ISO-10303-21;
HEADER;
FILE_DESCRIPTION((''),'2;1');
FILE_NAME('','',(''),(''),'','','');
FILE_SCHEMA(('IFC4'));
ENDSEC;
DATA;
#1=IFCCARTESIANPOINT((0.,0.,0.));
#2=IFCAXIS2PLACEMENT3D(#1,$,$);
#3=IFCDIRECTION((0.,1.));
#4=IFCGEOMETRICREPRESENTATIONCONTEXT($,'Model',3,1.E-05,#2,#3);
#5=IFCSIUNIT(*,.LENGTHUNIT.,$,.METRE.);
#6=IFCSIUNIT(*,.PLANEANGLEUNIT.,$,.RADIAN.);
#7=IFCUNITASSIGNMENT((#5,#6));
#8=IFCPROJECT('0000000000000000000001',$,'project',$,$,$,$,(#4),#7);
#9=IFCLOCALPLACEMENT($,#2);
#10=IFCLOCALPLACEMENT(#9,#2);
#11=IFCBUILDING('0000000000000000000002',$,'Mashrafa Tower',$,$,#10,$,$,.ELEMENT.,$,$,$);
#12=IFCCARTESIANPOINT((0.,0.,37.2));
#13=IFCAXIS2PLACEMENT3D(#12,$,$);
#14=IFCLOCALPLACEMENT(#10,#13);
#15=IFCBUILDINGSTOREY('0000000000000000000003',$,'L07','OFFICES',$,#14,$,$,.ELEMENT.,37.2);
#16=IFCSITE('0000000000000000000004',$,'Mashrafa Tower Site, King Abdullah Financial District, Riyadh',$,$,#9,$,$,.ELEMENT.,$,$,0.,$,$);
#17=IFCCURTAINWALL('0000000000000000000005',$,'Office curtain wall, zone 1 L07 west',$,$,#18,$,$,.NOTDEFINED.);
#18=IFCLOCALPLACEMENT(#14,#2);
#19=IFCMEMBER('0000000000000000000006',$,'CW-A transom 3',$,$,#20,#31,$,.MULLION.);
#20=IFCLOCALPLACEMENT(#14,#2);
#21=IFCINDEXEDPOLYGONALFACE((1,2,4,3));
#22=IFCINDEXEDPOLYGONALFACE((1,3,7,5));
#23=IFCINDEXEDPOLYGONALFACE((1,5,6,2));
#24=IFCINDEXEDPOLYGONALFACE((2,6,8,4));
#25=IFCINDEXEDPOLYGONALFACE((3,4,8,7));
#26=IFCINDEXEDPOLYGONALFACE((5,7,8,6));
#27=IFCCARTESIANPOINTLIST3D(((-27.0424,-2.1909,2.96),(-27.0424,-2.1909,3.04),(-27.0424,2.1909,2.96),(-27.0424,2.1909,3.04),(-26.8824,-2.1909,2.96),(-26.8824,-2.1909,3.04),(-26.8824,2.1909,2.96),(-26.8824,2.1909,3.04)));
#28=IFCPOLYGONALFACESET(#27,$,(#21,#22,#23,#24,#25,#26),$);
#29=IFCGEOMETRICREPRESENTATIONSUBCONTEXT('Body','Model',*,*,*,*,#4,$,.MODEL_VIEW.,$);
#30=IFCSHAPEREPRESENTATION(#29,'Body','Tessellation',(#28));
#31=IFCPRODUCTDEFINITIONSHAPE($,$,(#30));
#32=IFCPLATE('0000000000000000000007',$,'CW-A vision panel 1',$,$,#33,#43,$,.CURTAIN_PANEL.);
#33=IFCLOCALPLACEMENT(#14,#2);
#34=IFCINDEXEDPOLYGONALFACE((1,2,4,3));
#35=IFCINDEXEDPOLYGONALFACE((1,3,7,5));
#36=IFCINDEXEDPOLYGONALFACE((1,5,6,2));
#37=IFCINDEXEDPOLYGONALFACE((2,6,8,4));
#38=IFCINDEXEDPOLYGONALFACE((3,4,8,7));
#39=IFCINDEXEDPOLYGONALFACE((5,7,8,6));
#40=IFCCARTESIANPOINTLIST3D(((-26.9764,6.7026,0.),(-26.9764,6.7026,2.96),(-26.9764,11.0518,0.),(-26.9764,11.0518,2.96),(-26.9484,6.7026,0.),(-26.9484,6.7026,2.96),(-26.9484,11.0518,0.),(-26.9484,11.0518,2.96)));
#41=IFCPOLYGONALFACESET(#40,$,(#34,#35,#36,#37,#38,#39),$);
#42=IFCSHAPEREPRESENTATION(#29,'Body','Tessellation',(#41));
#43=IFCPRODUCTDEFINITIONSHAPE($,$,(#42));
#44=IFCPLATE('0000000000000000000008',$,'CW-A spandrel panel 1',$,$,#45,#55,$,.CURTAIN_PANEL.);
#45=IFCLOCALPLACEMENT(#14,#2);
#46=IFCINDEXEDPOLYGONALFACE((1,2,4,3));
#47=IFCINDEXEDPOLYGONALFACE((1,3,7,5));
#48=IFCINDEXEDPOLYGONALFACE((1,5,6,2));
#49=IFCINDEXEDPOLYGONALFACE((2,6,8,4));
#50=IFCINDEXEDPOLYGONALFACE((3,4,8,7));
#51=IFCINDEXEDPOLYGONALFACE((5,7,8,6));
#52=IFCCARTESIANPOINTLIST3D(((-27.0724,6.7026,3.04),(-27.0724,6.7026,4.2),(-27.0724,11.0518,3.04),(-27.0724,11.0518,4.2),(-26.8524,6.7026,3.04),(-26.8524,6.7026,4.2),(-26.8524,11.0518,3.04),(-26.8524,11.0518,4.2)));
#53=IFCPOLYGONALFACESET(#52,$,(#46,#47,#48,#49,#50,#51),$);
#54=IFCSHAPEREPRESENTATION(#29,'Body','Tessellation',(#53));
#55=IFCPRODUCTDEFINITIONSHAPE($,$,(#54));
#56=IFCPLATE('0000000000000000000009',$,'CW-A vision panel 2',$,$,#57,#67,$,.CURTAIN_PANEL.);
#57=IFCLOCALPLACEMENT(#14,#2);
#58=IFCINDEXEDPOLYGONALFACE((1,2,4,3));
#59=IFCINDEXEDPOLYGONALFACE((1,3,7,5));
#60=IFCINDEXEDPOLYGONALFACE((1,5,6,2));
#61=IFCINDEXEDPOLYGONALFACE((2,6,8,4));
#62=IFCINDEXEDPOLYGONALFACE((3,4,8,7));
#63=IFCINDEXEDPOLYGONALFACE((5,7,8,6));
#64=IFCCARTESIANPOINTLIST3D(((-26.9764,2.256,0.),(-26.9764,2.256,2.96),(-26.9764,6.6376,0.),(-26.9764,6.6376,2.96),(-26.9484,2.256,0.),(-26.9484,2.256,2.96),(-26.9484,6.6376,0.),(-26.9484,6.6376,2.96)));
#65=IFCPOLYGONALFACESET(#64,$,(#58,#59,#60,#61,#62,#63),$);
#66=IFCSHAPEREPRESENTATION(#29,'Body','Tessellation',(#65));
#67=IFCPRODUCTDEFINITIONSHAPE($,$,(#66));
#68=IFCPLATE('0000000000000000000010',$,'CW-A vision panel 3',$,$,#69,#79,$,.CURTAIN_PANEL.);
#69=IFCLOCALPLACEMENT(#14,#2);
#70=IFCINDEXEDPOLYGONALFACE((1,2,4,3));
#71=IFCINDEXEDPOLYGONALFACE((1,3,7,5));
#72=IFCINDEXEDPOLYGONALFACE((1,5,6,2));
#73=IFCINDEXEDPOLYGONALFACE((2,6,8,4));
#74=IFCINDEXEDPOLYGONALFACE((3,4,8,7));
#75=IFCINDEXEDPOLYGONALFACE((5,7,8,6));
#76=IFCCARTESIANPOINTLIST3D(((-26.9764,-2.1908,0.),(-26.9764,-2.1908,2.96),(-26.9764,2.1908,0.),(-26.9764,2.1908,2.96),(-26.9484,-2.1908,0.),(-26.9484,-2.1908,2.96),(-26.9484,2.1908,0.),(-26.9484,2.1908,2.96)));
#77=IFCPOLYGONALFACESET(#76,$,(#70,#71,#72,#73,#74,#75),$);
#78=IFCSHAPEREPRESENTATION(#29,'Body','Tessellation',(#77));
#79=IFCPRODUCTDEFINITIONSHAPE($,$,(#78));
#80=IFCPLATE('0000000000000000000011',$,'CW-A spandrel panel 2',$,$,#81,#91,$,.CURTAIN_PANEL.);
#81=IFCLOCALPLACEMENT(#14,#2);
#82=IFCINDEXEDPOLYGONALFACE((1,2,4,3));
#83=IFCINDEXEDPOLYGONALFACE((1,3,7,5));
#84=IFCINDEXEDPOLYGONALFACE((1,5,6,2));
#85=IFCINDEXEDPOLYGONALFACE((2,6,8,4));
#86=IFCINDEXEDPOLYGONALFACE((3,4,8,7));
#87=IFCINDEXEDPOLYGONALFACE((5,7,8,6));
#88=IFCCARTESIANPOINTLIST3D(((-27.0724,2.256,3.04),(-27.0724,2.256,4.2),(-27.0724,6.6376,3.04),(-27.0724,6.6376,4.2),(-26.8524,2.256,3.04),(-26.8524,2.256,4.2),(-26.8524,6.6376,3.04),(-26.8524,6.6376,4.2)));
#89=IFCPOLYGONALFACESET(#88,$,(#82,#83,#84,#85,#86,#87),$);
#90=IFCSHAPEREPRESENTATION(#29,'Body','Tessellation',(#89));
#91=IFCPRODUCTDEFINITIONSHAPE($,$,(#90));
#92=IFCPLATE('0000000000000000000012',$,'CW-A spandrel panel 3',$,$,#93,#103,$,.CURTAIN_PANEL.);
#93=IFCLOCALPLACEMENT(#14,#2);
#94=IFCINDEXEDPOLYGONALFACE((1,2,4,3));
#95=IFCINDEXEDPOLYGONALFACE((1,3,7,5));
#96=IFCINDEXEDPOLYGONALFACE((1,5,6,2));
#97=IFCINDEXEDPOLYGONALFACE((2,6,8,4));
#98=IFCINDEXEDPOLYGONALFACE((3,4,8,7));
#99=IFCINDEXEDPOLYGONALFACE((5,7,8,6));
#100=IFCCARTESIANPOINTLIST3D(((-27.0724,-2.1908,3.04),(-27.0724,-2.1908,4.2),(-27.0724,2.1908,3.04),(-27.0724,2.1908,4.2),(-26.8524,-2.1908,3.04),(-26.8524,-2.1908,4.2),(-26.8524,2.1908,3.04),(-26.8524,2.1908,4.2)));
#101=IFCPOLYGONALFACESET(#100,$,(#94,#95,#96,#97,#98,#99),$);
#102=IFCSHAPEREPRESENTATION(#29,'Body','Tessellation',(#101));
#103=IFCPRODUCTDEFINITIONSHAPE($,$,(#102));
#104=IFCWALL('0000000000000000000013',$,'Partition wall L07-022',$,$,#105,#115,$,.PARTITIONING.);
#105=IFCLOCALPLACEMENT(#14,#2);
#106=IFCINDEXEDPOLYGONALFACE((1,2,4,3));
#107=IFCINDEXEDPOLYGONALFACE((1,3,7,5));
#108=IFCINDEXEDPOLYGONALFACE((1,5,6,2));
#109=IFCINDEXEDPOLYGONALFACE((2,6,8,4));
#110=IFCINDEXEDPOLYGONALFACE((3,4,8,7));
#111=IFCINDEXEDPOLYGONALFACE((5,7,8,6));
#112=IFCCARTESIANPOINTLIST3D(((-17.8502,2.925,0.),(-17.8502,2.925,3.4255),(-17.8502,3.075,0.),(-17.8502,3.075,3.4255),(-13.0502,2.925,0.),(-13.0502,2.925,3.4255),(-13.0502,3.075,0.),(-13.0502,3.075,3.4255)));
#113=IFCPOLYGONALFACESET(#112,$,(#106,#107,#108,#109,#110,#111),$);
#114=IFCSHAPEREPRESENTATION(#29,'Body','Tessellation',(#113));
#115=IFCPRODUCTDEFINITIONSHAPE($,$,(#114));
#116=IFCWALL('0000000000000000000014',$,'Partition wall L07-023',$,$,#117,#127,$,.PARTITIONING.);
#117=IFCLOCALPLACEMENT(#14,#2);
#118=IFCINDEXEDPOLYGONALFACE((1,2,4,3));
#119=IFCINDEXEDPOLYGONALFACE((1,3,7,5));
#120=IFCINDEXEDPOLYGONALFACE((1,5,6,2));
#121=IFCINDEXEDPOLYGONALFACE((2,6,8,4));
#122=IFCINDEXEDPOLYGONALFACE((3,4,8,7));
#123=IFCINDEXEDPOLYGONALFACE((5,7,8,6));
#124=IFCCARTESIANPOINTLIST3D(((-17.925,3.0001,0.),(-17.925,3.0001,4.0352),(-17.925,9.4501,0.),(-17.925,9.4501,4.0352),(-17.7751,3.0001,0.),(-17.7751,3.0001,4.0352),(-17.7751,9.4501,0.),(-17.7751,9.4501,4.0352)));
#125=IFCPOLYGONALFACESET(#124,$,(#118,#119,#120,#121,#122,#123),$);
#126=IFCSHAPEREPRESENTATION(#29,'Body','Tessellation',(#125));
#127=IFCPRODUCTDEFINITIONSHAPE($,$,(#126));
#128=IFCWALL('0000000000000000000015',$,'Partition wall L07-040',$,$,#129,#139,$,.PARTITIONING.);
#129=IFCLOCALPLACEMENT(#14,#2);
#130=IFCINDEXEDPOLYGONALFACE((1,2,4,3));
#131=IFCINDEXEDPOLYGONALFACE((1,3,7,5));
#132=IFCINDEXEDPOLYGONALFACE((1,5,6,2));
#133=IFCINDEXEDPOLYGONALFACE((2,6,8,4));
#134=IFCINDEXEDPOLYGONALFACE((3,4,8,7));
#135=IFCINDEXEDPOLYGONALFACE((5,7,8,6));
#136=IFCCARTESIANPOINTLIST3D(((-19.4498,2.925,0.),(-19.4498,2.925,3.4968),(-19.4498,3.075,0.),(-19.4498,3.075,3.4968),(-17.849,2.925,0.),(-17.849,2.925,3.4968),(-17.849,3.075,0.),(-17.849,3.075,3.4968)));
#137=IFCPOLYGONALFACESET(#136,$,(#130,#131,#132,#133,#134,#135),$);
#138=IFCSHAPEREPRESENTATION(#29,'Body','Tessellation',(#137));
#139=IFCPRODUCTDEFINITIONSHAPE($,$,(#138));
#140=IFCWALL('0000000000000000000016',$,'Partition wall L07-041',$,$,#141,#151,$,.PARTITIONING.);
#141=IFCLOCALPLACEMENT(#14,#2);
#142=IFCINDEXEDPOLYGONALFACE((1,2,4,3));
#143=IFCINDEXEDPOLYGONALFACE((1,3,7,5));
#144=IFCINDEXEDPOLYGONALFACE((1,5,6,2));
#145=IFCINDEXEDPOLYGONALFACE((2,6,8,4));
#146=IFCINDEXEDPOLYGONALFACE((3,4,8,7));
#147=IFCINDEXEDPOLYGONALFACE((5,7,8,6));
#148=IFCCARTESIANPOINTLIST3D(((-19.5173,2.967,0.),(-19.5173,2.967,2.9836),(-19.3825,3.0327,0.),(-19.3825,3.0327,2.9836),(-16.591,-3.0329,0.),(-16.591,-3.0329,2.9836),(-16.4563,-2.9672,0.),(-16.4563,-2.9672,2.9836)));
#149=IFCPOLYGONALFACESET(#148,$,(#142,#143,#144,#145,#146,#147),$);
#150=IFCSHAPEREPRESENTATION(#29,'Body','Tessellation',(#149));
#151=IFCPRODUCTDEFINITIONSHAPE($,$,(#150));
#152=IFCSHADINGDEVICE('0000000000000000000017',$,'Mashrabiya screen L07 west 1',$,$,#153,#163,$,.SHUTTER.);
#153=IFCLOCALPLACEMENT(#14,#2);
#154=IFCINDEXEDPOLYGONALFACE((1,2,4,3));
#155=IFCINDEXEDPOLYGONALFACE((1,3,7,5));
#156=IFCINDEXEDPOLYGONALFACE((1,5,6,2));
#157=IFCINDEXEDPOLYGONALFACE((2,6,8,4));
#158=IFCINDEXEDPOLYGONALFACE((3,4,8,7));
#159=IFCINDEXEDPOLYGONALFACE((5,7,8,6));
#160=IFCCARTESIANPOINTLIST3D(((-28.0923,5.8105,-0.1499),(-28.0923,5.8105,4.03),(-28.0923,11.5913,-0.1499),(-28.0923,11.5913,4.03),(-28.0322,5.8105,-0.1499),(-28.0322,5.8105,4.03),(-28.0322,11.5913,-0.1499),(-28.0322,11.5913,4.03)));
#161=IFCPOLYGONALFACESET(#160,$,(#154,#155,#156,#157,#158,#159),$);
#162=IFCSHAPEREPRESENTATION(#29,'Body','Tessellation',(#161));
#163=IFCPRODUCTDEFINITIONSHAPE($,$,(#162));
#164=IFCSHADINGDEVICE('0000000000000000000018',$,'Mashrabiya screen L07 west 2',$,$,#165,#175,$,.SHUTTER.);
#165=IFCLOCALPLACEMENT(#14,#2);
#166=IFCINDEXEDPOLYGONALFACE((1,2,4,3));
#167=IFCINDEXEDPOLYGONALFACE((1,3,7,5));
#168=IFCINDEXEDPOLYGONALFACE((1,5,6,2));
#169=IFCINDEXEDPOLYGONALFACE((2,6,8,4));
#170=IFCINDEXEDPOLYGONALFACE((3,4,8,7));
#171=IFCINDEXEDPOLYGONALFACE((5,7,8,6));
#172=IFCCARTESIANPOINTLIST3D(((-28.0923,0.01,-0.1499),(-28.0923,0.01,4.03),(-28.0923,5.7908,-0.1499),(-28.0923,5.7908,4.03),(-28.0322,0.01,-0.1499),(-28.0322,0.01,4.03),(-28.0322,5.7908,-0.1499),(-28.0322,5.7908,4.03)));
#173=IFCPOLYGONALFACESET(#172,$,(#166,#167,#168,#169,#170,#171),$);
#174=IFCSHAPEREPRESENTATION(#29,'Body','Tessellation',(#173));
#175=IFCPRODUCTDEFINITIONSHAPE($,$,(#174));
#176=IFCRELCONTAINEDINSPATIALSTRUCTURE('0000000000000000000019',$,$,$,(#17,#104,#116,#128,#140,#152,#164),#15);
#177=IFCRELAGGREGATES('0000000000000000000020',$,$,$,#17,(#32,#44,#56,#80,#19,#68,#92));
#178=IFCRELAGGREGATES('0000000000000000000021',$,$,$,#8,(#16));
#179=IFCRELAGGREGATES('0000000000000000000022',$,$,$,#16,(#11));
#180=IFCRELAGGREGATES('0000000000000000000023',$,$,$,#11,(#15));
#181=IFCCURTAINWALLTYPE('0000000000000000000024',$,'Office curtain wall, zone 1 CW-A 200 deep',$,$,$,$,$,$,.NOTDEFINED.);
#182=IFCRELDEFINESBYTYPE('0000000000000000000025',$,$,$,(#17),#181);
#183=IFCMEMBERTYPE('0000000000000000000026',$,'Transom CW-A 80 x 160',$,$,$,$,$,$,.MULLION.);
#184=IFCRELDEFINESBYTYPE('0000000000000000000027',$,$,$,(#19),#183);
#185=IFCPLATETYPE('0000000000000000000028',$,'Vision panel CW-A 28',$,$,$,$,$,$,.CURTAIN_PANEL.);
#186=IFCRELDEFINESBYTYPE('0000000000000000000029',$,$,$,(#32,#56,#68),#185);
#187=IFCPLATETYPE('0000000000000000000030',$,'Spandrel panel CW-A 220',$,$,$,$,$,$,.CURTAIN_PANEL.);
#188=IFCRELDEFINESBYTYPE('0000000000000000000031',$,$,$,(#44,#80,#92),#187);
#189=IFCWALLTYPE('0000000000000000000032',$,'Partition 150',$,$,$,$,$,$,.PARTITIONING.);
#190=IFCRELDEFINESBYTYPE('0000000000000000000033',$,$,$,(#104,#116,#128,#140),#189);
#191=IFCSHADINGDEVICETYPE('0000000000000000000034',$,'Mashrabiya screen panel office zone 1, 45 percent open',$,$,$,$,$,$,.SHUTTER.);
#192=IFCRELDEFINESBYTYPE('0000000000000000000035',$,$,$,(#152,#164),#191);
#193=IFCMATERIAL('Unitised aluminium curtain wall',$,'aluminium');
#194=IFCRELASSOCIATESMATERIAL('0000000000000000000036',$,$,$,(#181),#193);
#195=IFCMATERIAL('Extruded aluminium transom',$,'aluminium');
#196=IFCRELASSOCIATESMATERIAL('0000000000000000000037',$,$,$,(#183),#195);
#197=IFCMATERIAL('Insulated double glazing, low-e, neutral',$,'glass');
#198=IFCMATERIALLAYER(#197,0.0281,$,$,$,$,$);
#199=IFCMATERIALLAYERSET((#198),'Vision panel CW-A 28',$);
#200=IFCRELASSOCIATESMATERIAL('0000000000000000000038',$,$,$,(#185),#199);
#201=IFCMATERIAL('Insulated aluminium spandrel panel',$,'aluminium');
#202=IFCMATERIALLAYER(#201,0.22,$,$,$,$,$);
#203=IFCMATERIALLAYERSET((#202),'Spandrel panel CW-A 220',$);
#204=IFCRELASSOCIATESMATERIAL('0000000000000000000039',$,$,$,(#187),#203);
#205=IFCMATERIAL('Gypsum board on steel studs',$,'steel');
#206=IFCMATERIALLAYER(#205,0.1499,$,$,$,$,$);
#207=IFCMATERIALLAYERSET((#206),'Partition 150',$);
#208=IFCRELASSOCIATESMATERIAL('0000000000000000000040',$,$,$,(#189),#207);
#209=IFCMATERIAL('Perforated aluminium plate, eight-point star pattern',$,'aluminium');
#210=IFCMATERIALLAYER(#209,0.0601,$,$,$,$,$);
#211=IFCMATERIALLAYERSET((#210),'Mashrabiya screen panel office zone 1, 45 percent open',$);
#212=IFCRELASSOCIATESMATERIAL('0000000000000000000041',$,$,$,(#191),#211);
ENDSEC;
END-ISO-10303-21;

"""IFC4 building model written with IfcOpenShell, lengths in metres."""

from ifc_helpers import new_model, si_unit, direction, frame, frame_2d, origin, origin_2d, place, context, subcontext, project, spatial, rectangle, extrude, source, transform, mapped, material, layer, layer_set, material_profile, profile_set, type_object, type_shapes, element, aggregate, save


model = new_model("IFC4")

# Units and contexts
model_context = context("Model", 3, precision=1e-05, world=origin(), true_north=direction((0.0, 1.0)))
body_context = subcontext(model_context, "Body", "Model", "MODEL_VIEW")
ifc_project = project(units=[si_unit("LENGTHUNIT", "METRE"), si_unit("PLANEANGLEUNIT", "RADIAN")], contexts=[model_context])

# Site, building, storey
site_placement = place(None, origin())
site = spatial("IfcSite", under=ifc_project, at=site_placement, Name="Mashrafa Tower Site, King Abdullah Financial District, Riyadh", CompositionType="ELEMENT", RefElevation=0.0)
building_placement = place(site_placement, origin())
building = spatial("IfcBuilding", under=site, at=building_placement, Name="Mashrafa Tower", CompositionType="ELEMENT")
storey_placement = place(building_placement, frame((0.0, 0.0, 37.2)))
storey = spatial("IfcBuildingStorey", under=building, at=storey_placement, Name="L07", Description="OFFICES", CompositionType="ELEMENT", Elevation=37.2)

# Curtain wall, member, plates
ifc_material_1 = material(Name="Unitised aluminium curtain wall", Category="aluminium")
curtain_wall_type = type_object("IfcCurtainWallType", Name="Office curtain wall, zone 1 CW-A 200 deep", PredefinedType="NOTDEFINED", material=ifc_material_1)
curtain_wall_placement = place(storey_placement, origin())
curtain_wall = element("IfcCurtainWall", 1, at=curtain_wall_placement, inside=storey, type_object=curtain_wall_type, Name="Office curtain wall, zone 1 L07 west", PredefinedType="NOTDEFINED")
ifc_material_2 = material(Name="Extruded aluminium transom", Category="aluminium")
ifc_material_profile_1 = material_profile(ifc_material_2, rectangle(XDim=0.1599, YDim=0.0801, at=origin_2d()), Name="Transom 80x160")
ifc_profile_set_1 = profile_set([ifc_material_profile_1], Name="Extruded aluminium transom")
member_type_1 = type_object("IfcMemberType", Name="Transom CW-A 80 x 160", PredefinedType="MULLION", material=ifc_profile_set_1)
shared_shape_1 = source(origin(), body_context, "Body", "SweptSolid", [
    extrude(rectangle(XDim=0.1599, YDim=0.0801, at=origin_2d()), origin(), (0.0, 0.0, 1.0), 4.3818),
])
member_1_placement = place(storey_placement, frame((-26.9624, 2.1909, 3.0), z_axis=(0.0, -1.0, 0.0), x_axis=(1.0, 0.0, 0.0)))
member_1 = element("IfcMember", 2, at=member_1_placement, type_object=member_type_1, Name="CW-A transom 3", PredefinedType="MULLION", context=body_context, shape_type="MappedRepresentation", body=[
    mapped(shared_shape_1, transform((0.0, 0.0, 0.0))),
])
ifc_material_3 = material(Name="Insulated double glazing, low-e, neutral", Category="glass")
ifc_layer_1 = layer(ifc_material_3, 0.0281)
ifc_layer_set_1 = layer_set([ifc_layer_1], Name="Vision panel CW-A 28")
plate_type_1 = type_object("IfcPlateType", Name="Vision panel CW-A 28", PredefinedType="CURTAIN_PANEL", material=ifc_layer_set_1)
shared_shape_2 = source(origin(), body_context, "Body", "SweptSolid", [
    extrude(rectangle(XDim=4.3491, YDim=0.0281, at=origin_2d()), origin(), (0.0, 0.0, 1.0), 2.96),
])
plate_1_placement = place(storey_placement, frame((-26.9624, 8.8772, 0.0), z_axis=(0.0, 0.0, 1.0), x_axis=(0.0, -1.0, 0.0)))
plate_1 = element("IfcPlate", 3, at=plate_1_placement, type_object=plate_type_1, Name="CW-A vision panel 1", PredefinedType="CURTAIN_PANEL", context=body_context, shape_type="MappedRepresentation", body=[
    mapped(shared_shape_2, transform((0.0, 0.0, 0.0))),
])
ifc_material_4 = material(Name="Insulated aluminium spandrel panel", Category="aluminium")
ifc_layer_2 = layer(ifc_material_4, 0.22)
ifc_layer_set_2 = layer_set([ifc_layer_2], Name="Spandrel panel CW-A 220")
plate_type_2 = type_object("IfcPlateType", Name="Spandrel panel CW-A 220", PredefinedType="CURTAIN_PANEL", material=ifc_layer_set_2)
shared_shape_3 = source(origin(), body_context, "Body", "SweptSolid", [
    extrude(rectangle(XDim=4.3491, YDim=0.22, at=origin_2d()), origin(), (0.0, 0.0, 1.0), 1.1599),
])
plate_2_placement = place(storey_placement, frame((-26.9624, 8.8772, 3.04), z_axis=(0.0, 0.0, 1.0), x_axis=(0.0, -1.0, 0.0)))
plate_2 = element("IfcPlate", 4, at=plate_2_placement, type_object=plate_type_2, Name="CW-A spandrel panel 1", PredefinedType="CURTAIN_PANEL", context=body_context, shape_type="MappedRepresentation", body=[
    mapped(shared_shape_3, transform((0.0, 0.0, 0.0))),
])
shared_shape_4 = source(origin(), body_context, "Body", "SweptSolid", [
    extrude(rectangle(XDim=4.3816, YDim=0.0281, at=origin_2d()), origin(), (0.0, 0.0, 1.0), 2.96),
])
type_shapes(plate_type_1, [shared_shape_2, shared_shape_4])
plate_3_placement = place(storey_placement, frame((-26.9624, 4.4468, 0.0), z_axis=(0.0, 0.0, 1.0), x_axis=(0.0, -1.0, 0.0)))
plate_3 = element("IfcPlate", 5, at=plate_3_placement, type_object=plate_type_1, Name="CW-A vision panel 2", PredefinedType="CURTAIN_PANEL", context=body_context, shape_type="MappedRepresentation", body=[
    mapped(shared_shape_4, transform((0.0, 0.0, 0.0))),
])
plate_4_placement = place(storey_placement, frame((-26.9624, 0.0, 0.0), z_axis=(0.0, 0.0, 1.0), x_axis=(0.0, -1.0, 0.0)))
plate_4 = element("IfcPlate", 6, at=plate_4_placement, type_object=plate_type_1, Name="CW-A vision panel 3", PredefinedType="CURTAIN_PANEL", context=body_context, shape_type="MappedRepresentation", body=[
    mapped(shared_shape_4, transform((0.0, 0.0, 0.0))),
])
shared_shape_5 = source(origin(), body_context, "Body", "SweptSolid", [
    extrude(rectangle(XDim=4.3816, YDim=0.22, at=origin_2d()), origin(), (0.0, 0.0, 1.0), 1.1599),
])
type_shapes(plate_type_2, [shared_shape_3, shared_shape_5])
plate_5_placement = place(storey_placement, frame((-26.9624, 4.4468, 3.04), z_axis=(0.0, 0.0, 1.0), x_axis=(0.0, -1.0, 0.0)))
plate_5 = element("IfcPlate", 7, at=plate_5_placement, type_object=plate_type_2, Name="CW-A spandrel panel 2", PredefinedType="CURTAIN_PANEL", context=body_context, shape_type="MappedRepresentation", body=[
    mapped(shared_shape_5, transform((0.0, 0.0, 0.0))),
])
plate_6_placement = place(storey_placement, frame((-26.9624, 0.0, 3.04), z_axis=(0.0, 0.0, 1.0), x_axis=(0.0, -1.0, 0.0)))
plate_6 = element("IfcPlate", 8, at=plate_6_placement, type_object=plate_type_2, Name="CW-A spandrel panel 3", PredefinedType="CURTAIN_PANEL", context=body_context, shape_type="MappedRepresentation", body=[
    mapped(shared_shape_5, transform((0.0, 0.0, 0.0))),
])
aggregate(curtain_wall, [plate_1, plate_2, plate_3, plate_5, member_1, plate_4, plate_6])

# Walls
ifc_material_5 = material(Name="Gypsum board on steel studs", Category="steel")
ifc_layer_3 = layer(ifc_material_5, 0.1499)
ifc_layer_set_3 = layer_set([ifc_layer_3], Name="Partition 150")
wall_type = type_object("IfcWallType", Name="Partition 150", PredefinedType="PARTITIONING", material=ifc_layer_set_3)
wall_1_placement = place(storey_placement, frame((-17.8501, 3.0, 0.0), z_axis=(0.0, 0.0, 1.0), x_axis=(1.0, 0.0, 0.0)))
element("IfcWall", 9, at=wall_1_placement, inside=storey, type_object=wall_type, Name="Partition wall L07-022", PredefinedType="PARTITIONING", context=body_context, shape_type="SweptSolid", body=[
    extrude(rectangle(XDim=4.8, YDim=0.1499, at=frame_2d((2.3999, 0.0))), origin(), (0.0, 0.0, 1.0), 3.4255),
])
wall_2_placement = place(storey_placement, frame((-17.8501, 3.0, 0.0), z_axis=(0.0, 0.0, 1.0), x_axis=(0.0, 1.0, 0.0)))
element("IfcWall", 10, at=wall_2_placement, inside=storey, type_object=wall_type, Name="Partition wall L07-023", PredefinedType="PARTITIONING", context=body_context, shape_type="SweptSolid", body=[
    extrude(rectangle(XDim=6.45, YDim=0.1499, at=frame_2d((3.2251, 0.0))), origin(), (0.0, 0.0, 1.0), 4.0352),
])
wall_3_placement = place(storey_placement, frame((-17.8491, 3.0, 0.0), z_axis=(0.0, 0.0, 1.0), x_axis=(-1.0, 0.0, 0.0)))
element("IfcWall", 11, at=wall_3_placement, inside=storey, type_object=wall_type, Name="Partition wall L07-040", PredefinedType="PARTITIONING", context=body_context, shape_type="SweptSolid", body=[
    extrude(rectangle(XDim=1.6008, YDim=0.1499, at=frame_2d((0.8003, 0.0))), origin(), (0.0, 0.0, 1.0), 3.4968),
])
wall_4_placement = place(storey_placement, frame((-19.45, 3.0, 0.0), z_axis=(0.0, 0.0, 1.0), x_axis=(0.438356, -0.898801, 0.0)))
element("IfcWall", 12, at=wall_4_placement, inside=storey, type_object=wall_type, Name="Partition wall L07-041", PredefinedType="PARTITIONING", context=body_context, shape_type="SweptSolid", body=[
    extrude(rectangle(XDim=6.6755, YDim=0.1499, at=frame_2d((3.3379, 0.0))), origin(), (0.0, 0.0, 1.0), 2.9836),
])

# Shading devices
ifc_material_6 = material(Name="Perforated aluminium plate, eight-point star pattern", Category="aluminium")
ifc_layer_4 = layer(ifc_material_6, 0.0601)
ifc_layer_set_4 = layer_set([ifc_layer_4], Name="Mashrabiya screen panel office zone 1, 45 percent open")
shading_device_type = type_object("IfcShadingDeviceType", Name="Mashrabiya screen panel office zone 1, 45 percent open", PredefinedType="SHUTTER", material=ifc_layer_set_4)
shared_shape_6 = source(origin(), body_context, "Body", "SweptSolid", [
    extrude(rectangle(XDim=5.7808, YDim=0.0601, at=origin_2d()), origin(), (0.0, 0.0, 1.0), 4.1799),
])
type_shapes(shading_device_type, [shared_shape_6])
for number, where, z_axis, x_axis, name in (
    (13, (-28.0623, 8.7009, -0.1499), (0.0, 0.0, 1.0), (0.0, -1.0, 0.0), "Mashrabiya screen L07 west 1"),
    (14, (-28.0623, 2.9004, -0.1499), (0.0, 0.0, 1.0), (0.0, -1.0, 0.0), "Mashrabiya screen L07 west 2"),
):
    element("IfcShadingDevice", number, at=place(storey_placement, frame(where, z_axis=z_axis, x_axis=x_axis)), inside=storey, type_object=shading_device_type, Name=name, PredefinedType="SHUTTER", context=body_context, shape_type="MappedRepresentation", body=[
        mapped(shared_shape_6, transform((0.0, 0.0, 0.0))),
    ])

save(model, "model.ifc")
